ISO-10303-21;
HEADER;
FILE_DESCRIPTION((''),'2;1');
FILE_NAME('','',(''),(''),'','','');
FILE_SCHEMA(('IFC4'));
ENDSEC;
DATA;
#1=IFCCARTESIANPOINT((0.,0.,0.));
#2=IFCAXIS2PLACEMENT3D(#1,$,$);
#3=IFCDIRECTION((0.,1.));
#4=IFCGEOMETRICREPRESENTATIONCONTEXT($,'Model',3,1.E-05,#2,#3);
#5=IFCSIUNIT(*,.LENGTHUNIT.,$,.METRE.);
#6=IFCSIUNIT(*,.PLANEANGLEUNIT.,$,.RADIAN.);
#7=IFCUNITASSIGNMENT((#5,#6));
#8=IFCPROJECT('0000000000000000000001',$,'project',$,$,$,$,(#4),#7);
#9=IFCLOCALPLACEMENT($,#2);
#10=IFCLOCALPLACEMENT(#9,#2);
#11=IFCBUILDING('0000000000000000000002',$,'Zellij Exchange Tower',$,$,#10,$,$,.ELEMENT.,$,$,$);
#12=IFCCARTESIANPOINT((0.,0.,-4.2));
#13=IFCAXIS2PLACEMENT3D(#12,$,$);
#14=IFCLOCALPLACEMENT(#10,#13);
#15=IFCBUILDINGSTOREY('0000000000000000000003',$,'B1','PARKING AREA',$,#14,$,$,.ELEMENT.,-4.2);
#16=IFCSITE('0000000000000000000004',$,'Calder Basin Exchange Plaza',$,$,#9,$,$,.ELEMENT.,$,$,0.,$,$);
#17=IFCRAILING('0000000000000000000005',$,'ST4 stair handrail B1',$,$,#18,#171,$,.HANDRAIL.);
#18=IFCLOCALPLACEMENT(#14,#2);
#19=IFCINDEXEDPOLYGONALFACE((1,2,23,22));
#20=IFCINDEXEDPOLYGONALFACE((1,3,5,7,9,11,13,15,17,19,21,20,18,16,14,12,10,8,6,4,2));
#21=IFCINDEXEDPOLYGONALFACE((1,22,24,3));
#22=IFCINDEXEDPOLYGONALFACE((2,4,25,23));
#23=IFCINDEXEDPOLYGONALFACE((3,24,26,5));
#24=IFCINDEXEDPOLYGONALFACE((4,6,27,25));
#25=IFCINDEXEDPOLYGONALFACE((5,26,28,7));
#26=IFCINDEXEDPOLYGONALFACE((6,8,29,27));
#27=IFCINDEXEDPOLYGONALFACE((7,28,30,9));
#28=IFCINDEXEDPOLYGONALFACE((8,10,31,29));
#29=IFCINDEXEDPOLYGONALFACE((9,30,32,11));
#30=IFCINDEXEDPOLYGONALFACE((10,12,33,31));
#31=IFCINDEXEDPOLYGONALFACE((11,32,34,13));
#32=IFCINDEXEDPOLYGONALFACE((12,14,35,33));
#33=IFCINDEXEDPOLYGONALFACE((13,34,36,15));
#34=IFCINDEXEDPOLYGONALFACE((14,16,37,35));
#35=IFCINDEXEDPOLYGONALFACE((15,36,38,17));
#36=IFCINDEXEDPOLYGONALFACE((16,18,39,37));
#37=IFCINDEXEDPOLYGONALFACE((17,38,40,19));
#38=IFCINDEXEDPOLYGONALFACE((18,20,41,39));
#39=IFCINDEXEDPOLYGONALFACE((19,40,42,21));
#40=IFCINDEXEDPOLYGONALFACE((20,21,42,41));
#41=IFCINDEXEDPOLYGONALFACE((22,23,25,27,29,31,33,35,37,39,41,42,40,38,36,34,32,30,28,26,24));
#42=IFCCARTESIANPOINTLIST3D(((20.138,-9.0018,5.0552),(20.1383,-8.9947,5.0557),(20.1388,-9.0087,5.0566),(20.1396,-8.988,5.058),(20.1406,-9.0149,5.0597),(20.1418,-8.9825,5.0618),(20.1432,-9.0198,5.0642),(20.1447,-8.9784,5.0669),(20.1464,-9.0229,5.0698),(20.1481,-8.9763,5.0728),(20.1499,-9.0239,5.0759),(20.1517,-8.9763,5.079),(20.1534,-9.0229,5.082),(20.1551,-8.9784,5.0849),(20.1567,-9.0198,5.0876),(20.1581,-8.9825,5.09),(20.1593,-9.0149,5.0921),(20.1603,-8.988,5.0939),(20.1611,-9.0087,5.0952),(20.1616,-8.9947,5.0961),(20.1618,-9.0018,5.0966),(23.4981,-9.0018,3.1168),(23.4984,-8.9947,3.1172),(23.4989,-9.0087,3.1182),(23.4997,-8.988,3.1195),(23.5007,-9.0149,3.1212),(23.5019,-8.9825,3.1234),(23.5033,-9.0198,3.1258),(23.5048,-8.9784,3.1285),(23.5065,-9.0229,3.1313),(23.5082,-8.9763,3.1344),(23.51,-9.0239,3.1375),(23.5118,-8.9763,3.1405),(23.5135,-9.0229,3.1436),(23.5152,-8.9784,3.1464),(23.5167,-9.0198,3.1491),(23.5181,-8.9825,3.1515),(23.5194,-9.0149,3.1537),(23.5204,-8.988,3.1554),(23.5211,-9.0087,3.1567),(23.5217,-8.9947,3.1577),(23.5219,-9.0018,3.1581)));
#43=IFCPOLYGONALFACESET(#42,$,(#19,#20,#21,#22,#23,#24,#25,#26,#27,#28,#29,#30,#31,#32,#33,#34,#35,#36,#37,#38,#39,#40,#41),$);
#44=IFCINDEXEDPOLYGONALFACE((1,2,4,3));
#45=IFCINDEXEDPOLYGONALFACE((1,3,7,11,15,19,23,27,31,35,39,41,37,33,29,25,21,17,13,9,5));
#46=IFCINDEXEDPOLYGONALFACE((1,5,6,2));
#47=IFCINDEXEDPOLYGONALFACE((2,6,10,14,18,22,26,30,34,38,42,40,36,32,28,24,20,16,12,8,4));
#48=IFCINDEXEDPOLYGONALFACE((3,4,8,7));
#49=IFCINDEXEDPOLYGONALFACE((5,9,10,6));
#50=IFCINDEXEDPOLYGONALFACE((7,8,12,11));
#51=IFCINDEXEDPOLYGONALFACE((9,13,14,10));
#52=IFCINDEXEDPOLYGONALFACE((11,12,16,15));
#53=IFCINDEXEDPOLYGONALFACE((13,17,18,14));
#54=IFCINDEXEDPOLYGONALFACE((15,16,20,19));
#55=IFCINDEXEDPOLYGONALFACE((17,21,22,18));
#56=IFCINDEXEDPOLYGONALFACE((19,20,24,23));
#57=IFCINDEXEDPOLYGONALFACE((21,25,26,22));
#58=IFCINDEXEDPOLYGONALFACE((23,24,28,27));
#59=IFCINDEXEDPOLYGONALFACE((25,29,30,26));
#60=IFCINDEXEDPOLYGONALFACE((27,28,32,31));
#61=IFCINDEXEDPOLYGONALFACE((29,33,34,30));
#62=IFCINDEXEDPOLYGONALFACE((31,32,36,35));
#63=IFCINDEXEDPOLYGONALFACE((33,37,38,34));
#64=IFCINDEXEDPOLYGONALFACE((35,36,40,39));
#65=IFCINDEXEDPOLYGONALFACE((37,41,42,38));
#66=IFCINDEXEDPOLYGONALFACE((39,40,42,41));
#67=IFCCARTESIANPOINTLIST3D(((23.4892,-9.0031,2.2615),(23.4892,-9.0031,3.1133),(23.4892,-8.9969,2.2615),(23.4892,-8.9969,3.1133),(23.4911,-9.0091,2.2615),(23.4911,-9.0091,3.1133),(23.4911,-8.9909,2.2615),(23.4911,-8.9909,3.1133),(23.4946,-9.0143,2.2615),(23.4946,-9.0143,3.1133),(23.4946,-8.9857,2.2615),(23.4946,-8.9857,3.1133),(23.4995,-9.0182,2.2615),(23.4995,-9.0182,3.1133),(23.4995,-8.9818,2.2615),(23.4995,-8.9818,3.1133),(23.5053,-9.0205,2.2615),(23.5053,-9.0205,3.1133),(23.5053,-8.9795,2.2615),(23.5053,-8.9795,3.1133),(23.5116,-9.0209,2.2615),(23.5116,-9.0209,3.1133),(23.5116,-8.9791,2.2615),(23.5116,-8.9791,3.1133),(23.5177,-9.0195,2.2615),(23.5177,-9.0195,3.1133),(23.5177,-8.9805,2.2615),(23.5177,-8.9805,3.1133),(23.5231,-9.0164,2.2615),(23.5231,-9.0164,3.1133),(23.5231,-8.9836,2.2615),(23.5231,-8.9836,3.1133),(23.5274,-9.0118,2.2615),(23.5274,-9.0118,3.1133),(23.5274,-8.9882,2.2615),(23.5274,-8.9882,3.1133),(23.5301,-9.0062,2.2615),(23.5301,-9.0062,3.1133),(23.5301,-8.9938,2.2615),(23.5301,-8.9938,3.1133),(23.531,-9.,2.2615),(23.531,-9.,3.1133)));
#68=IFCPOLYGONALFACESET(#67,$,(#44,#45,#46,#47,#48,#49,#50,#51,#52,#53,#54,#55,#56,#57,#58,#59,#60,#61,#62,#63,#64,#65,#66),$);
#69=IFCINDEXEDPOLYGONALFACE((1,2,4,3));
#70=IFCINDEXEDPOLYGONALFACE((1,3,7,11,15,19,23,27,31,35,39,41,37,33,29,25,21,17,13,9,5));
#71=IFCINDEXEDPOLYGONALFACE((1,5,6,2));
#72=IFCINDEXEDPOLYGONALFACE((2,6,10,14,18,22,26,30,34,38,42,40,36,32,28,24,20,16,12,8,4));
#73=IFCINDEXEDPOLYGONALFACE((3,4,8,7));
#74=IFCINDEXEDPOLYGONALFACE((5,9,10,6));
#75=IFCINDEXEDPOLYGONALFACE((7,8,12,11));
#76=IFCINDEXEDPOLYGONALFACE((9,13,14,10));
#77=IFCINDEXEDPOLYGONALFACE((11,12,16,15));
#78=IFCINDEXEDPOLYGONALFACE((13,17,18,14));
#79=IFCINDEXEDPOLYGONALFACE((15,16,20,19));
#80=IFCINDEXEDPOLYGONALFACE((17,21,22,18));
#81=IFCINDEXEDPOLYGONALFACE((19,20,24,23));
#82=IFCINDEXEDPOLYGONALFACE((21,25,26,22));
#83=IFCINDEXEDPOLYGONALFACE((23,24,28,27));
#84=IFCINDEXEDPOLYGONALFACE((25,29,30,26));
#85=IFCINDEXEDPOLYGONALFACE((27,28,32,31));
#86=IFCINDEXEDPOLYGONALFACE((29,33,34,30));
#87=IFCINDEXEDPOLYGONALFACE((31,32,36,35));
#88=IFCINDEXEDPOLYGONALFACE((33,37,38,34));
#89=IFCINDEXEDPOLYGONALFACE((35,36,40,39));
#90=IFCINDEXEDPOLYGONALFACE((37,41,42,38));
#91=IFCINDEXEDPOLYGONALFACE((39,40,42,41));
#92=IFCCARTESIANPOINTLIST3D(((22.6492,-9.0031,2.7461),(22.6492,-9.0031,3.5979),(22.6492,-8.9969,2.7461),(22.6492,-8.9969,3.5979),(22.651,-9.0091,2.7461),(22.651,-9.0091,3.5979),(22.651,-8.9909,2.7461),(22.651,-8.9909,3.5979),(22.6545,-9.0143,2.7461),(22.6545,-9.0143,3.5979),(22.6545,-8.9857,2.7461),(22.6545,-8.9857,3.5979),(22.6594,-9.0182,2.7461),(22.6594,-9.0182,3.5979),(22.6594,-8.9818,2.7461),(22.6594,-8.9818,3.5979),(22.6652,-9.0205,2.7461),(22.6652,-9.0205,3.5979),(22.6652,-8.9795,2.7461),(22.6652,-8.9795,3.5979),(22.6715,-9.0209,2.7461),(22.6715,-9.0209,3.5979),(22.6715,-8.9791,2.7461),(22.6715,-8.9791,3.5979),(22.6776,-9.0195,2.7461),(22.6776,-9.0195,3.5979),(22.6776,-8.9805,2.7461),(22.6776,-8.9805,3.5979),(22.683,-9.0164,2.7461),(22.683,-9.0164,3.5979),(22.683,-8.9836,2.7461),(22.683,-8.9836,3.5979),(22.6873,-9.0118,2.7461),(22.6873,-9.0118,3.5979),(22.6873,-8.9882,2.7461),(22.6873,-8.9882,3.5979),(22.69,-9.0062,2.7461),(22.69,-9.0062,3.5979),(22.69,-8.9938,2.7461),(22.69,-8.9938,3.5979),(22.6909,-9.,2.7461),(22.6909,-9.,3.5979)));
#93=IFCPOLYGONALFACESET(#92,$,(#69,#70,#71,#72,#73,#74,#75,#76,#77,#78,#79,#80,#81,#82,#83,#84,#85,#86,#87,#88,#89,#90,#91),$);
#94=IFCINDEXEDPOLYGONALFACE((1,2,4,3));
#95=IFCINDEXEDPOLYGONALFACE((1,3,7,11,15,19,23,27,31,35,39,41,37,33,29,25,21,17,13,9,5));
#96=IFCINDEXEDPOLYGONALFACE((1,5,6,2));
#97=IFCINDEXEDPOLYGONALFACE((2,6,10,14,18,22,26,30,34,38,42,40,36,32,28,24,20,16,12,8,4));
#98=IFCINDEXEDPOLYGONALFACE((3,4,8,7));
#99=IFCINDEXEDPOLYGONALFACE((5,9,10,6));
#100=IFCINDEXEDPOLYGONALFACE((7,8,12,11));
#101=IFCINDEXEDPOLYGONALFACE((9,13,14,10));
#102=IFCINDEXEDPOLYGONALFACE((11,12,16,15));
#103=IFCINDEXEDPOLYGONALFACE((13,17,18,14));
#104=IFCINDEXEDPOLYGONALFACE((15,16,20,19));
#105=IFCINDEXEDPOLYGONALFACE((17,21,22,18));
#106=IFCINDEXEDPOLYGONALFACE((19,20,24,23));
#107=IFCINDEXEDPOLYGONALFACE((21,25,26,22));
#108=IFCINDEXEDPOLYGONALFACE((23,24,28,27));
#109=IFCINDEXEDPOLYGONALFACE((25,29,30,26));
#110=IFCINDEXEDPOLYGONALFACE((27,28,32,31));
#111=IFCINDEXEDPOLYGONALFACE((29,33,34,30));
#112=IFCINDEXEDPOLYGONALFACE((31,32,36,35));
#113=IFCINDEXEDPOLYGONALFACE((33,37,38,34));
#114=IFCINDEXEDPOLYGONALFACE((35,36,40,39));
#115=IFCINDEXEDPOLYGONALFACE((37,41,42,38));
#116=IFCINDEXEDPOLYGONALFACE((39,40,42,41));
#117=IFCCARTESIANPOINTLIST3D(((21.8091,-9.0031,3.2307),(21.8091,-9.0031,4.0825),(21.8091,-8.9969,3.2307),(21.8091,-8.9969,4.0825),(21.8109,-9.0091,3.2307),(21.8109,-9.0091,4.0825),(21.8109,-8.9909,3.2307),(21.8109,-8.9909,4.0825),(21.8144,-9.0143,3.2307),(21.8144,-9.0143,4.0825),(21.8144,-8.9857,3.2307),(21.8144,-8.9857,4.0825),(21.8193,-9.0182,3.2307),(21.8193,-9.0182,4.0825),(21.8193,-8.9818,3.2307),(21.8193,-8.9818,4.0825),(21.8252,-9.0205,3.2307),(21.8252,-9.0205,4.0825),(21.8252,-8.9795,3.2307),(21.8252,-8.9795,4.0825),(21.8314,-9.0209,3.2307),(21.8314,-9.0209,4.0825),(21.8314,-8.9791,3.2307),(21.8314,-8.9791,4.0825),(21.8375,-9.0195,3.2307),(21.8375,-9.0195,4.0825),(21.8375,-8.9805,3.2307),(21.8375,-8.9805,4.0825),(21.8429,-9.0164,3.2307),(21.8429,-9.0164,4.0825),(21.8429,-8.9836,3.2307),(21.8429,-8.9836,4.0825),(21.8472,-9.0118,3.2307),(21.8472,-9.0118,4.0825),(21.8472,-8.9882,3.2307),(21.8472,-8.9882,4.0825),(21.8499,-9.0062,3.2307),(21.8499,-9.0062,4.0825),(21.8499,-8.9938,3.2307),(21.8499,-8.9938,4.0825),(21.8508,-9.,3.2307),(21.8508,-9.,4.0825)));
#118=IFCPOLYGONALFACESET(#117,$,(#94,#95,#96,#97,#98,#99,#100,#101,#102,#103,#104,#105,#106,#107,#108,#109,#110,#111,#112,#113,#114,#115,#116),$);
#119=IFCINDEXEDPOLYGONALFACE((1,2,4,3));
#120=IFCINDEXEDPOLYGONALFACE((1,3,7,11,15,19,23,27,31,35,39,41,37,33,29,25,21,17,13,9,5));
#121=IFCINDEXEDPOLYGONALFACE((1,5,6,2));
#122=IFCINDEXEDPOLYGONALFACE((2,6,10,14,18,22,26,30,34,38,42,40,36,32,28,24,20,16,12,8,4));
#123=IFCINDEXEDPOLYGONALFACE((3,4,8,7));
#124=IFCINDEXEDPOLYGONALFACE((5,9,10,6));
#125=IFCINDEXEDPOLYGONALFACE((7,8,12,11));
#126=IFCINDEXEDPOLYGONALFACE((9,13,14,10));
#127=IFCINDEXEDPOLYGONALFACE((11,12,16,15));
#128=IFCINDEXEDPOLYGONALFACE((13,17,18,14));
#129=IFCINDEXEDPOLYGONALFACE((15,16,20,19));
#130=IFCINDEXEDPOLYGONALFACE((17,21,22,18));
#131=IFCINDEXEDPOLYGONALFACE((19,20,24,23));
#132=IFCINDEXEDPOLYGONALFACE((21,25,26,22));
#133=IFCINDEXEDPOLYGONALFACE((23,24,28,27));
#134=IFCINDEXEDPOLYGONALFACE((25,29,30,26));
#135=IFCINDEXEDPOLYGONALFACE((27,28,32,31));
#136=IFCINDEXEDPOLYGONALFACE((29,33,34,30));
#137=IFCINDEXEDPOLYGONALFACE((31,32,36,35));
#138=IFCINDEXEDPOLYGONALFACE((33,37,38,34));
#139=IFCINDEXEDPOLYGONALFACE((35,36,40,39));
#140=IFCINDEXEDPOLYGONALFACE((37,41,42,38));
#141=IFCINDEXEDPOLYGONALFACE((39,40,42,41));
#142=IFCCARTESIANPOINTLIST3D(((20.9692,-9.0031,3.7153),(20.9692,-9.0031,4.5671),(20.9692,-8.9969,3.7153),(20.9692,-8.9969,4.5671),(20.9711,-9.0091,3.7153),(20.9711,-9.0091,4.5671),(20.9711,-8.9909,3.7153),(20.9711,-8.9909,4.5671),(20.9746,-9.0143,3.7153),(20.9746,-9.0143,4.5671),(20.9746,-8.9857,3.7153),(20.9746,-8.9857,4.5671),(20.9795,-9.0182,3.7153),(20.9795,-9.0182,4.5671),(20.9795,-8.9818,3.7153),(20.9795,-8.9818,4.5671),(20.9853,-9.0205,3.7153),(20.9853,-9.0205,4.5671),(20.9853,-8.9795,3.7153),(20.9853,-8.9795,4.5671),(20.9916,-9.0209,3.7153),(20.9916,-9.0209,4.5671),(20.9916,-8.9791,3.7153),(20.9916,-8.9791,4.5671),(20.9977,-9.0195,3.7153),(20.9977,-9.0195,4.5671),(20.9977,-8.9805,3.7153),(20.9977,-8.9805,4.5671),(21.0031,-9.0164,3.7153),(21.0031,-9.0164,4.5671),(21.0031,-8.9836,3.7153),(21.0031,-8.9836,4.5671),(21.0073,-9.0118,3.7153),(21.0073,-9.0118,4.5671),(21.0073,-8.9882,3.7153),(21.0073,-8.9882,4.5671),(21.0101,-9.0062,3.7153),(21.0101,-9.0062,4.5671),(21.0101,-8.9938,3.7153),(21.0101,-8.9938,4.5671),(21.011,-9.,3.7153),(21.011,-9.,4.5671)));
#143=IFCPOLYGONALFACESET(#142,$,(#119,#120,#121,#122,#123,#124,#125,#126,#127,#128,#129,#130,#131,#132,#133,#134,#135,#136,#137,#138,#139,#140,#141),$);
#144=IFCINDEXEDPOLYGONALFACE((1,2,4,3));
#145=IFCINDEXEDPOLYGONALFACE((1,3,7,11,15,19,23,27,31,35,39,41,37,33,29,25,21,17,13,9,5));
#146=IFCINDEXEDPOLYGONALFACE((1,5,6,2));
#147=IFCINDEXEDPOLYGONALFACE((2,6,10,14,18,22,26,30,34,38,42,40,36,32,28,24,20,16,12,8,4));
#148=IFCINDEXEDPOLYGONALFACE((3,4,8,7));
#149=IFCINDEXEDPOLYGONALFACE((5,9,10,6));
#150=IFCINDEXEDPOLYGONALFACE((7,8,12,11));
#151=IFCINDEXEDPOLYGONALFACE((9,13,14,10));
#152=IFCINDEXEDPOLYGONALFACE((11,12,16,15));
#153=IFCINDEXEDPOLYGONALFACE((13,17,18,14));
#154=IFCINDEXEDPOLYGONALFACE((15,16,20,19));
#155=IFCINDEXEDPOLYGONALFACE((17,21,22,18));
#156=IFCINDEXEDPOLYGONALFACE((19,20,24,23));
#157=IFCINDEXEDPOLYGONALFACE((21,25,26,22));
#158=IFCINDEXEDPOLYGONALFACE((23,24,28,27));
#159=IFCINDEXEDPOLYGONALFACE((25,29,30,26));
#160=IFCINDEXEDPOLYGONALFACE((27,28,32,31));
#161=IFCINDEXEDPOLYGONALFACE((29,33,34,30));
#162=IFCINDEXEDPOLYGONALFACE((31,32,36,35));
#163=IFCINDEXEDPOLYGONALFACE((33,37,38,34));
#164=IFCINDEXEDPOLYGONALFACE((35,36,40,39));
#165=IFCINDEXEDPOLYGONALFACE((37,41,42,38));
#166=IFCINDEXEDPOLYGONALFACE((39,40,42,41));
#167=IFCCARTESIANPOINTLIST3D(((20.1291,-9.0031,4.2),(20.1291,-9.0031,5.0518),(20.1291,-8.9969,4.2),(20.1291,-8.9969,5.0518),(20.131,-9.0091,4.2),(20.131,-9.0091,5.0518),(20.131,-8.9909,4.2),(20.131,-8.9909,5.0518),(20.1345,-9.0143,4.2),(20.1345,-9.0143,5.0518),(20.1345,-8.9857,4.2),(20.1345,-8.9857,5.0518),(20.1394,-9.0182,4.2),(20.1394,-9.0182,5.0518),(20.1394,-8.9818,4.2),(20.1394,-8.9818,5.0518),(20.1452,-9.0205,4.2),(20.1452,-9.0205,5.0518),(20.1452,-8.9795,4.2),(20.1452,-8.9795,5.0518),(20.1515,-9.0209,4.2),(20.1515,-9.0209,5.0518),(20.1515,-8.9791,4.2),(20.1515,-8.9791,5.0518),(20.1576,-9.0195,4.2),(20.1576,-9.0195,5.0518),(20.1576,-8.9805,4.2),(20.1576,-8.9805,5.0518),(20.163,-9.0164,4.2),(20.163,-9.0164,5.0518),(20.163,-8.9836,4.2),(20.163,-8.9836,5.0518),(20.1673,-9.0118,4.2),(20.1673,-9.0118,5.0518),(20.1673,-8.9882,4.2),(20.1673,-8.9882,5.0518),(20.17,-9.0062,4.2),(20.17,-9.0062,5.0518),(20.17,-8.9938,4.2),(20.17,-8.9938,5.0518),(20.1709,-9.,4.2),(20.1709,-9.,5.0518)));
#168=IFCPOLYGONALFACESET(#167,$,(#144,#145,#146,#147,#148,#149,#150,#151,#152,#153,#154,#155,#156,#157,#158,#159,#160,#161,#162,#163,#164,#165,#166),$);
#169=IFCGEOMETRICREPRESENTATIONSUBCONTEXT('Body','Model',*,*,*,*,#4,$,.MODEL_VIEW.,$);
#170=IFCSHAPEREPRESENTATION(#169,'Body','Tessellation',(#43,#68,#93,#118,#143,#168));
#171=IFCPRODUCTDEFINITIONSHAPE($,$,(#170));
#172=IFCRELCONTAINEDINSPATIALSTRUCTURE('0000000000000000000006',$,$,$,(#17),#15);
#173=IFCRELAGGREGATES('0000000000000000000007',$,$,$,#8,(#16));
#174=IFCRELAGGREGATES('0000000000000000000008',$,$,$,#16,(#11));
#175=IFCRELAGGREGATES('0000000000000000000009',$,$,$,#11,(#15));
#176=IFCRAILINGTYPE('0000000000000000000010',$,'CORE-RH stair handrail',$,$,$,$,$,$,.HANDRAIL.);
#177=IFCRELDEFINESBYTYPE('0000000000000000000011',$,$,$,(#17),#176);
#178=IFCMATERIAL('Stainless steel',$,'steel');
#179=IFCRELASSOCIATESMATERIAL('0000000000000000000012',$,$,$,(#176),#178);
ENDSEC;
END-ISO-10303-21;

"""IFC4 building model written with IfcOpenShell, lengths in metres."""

from ifc_helpers import new_model, si_unit, direction, frame, origin, origin_2d, place, context, subcontext, project, spatial, circle, extrude, material, type_object, element, save


model = new_model("IFC4")

# Units and contexts
model_context = context("Model", 3, precision=1e-05, world=origin(), true_north=direction((0.0, 1.0)))
body_context = subcontext(model_context, "Body", "Model", "MODEL_VIEW")
ifc_project = project(units=[si_unit("LENGTHUNIT", "METRE"), si_unit("PLANEANGLEUNIT", "RADIAN")], contexts=[model_context])

# Site, building, storey
site_placement = place(None, origin())
site = spatial("IfcSite", under=ifc_project, at=site_placement, Name="Calder Basin Exchange Plaza", CompositionType="ELEMENT", RefElevation=0.0)
building_placement = place(site_placement, origin())
building = spatial("IfcBuilding", under=site, at=building_placement, Name="Zellij Exchange Tower", CompositionType="ELEMENT")
storey_placement = place(building_placement, frame((0.0, 0.0, -4.2)))
storey = spatial("IfcBuildingStorey", under=building, at=storey_placement, Name="B1", Description="PARKING AREA", CompositionType="ELEMENT", Elevation=-4.2)

# Railing
ifc_material_1 = material(Name="Stainless steel", Category="steel")
railing_type_1 = type_object("IfcRailingType", Name="CORE-RH stair handrail", PredefinedType="HANDRAIL", material=ifc_material_1)
railing_1_placement = place(storey_placement, frame((23.51, -9.0, 2.2615)))
element("IfcRailing", 1, at=railing_1_placement, inside=storey, type_object=railing_type_1, Name="ST4 stair handrail B1", PredefinedType="HANDRAIL", context=body_context, shape_type="SweptSolid", body=[
    extrude(circle(Radius=0.0239, at=origin_2d()), frame((0.0, 0.0, 0.876), z_axis=(-0.866191, 0.0, 0.499713), x_axis=(0.0, -1.0, 0.0)), (0.0, 0.0, 1.0), 3.8792),
    extrude(circle(Radius=0.021, at=origin_2d()), origin(), (0.0, 0.0, 1.0), 0.8518),
    extrude(circle(Radius=0.021, at=origin_2d()), frame((-0.8401, 0.0, 0.4846)), (0.0, 0.0, 1.0), 0.8518),
    extrude(circle(Radius=0.021, at=origin_2d()), frame((-1.6802, 0.0, 0.9692)), (0.0, 0.0, 1.0), 0.8518),
    extrude(circle(Radius=0.021, at=origin_2d()), frame((-2.52, 0.0, 1.4539)), (0.0, 0.0, 1.0), 0.8518),
    extrude(circle(Radius=0.021, at=origin_2d()), frame((-3.3601, 0.0, 1.9385)), (0.0, 0.0, 1.0), 0.8518),
])

save(model, "model.ifc")
